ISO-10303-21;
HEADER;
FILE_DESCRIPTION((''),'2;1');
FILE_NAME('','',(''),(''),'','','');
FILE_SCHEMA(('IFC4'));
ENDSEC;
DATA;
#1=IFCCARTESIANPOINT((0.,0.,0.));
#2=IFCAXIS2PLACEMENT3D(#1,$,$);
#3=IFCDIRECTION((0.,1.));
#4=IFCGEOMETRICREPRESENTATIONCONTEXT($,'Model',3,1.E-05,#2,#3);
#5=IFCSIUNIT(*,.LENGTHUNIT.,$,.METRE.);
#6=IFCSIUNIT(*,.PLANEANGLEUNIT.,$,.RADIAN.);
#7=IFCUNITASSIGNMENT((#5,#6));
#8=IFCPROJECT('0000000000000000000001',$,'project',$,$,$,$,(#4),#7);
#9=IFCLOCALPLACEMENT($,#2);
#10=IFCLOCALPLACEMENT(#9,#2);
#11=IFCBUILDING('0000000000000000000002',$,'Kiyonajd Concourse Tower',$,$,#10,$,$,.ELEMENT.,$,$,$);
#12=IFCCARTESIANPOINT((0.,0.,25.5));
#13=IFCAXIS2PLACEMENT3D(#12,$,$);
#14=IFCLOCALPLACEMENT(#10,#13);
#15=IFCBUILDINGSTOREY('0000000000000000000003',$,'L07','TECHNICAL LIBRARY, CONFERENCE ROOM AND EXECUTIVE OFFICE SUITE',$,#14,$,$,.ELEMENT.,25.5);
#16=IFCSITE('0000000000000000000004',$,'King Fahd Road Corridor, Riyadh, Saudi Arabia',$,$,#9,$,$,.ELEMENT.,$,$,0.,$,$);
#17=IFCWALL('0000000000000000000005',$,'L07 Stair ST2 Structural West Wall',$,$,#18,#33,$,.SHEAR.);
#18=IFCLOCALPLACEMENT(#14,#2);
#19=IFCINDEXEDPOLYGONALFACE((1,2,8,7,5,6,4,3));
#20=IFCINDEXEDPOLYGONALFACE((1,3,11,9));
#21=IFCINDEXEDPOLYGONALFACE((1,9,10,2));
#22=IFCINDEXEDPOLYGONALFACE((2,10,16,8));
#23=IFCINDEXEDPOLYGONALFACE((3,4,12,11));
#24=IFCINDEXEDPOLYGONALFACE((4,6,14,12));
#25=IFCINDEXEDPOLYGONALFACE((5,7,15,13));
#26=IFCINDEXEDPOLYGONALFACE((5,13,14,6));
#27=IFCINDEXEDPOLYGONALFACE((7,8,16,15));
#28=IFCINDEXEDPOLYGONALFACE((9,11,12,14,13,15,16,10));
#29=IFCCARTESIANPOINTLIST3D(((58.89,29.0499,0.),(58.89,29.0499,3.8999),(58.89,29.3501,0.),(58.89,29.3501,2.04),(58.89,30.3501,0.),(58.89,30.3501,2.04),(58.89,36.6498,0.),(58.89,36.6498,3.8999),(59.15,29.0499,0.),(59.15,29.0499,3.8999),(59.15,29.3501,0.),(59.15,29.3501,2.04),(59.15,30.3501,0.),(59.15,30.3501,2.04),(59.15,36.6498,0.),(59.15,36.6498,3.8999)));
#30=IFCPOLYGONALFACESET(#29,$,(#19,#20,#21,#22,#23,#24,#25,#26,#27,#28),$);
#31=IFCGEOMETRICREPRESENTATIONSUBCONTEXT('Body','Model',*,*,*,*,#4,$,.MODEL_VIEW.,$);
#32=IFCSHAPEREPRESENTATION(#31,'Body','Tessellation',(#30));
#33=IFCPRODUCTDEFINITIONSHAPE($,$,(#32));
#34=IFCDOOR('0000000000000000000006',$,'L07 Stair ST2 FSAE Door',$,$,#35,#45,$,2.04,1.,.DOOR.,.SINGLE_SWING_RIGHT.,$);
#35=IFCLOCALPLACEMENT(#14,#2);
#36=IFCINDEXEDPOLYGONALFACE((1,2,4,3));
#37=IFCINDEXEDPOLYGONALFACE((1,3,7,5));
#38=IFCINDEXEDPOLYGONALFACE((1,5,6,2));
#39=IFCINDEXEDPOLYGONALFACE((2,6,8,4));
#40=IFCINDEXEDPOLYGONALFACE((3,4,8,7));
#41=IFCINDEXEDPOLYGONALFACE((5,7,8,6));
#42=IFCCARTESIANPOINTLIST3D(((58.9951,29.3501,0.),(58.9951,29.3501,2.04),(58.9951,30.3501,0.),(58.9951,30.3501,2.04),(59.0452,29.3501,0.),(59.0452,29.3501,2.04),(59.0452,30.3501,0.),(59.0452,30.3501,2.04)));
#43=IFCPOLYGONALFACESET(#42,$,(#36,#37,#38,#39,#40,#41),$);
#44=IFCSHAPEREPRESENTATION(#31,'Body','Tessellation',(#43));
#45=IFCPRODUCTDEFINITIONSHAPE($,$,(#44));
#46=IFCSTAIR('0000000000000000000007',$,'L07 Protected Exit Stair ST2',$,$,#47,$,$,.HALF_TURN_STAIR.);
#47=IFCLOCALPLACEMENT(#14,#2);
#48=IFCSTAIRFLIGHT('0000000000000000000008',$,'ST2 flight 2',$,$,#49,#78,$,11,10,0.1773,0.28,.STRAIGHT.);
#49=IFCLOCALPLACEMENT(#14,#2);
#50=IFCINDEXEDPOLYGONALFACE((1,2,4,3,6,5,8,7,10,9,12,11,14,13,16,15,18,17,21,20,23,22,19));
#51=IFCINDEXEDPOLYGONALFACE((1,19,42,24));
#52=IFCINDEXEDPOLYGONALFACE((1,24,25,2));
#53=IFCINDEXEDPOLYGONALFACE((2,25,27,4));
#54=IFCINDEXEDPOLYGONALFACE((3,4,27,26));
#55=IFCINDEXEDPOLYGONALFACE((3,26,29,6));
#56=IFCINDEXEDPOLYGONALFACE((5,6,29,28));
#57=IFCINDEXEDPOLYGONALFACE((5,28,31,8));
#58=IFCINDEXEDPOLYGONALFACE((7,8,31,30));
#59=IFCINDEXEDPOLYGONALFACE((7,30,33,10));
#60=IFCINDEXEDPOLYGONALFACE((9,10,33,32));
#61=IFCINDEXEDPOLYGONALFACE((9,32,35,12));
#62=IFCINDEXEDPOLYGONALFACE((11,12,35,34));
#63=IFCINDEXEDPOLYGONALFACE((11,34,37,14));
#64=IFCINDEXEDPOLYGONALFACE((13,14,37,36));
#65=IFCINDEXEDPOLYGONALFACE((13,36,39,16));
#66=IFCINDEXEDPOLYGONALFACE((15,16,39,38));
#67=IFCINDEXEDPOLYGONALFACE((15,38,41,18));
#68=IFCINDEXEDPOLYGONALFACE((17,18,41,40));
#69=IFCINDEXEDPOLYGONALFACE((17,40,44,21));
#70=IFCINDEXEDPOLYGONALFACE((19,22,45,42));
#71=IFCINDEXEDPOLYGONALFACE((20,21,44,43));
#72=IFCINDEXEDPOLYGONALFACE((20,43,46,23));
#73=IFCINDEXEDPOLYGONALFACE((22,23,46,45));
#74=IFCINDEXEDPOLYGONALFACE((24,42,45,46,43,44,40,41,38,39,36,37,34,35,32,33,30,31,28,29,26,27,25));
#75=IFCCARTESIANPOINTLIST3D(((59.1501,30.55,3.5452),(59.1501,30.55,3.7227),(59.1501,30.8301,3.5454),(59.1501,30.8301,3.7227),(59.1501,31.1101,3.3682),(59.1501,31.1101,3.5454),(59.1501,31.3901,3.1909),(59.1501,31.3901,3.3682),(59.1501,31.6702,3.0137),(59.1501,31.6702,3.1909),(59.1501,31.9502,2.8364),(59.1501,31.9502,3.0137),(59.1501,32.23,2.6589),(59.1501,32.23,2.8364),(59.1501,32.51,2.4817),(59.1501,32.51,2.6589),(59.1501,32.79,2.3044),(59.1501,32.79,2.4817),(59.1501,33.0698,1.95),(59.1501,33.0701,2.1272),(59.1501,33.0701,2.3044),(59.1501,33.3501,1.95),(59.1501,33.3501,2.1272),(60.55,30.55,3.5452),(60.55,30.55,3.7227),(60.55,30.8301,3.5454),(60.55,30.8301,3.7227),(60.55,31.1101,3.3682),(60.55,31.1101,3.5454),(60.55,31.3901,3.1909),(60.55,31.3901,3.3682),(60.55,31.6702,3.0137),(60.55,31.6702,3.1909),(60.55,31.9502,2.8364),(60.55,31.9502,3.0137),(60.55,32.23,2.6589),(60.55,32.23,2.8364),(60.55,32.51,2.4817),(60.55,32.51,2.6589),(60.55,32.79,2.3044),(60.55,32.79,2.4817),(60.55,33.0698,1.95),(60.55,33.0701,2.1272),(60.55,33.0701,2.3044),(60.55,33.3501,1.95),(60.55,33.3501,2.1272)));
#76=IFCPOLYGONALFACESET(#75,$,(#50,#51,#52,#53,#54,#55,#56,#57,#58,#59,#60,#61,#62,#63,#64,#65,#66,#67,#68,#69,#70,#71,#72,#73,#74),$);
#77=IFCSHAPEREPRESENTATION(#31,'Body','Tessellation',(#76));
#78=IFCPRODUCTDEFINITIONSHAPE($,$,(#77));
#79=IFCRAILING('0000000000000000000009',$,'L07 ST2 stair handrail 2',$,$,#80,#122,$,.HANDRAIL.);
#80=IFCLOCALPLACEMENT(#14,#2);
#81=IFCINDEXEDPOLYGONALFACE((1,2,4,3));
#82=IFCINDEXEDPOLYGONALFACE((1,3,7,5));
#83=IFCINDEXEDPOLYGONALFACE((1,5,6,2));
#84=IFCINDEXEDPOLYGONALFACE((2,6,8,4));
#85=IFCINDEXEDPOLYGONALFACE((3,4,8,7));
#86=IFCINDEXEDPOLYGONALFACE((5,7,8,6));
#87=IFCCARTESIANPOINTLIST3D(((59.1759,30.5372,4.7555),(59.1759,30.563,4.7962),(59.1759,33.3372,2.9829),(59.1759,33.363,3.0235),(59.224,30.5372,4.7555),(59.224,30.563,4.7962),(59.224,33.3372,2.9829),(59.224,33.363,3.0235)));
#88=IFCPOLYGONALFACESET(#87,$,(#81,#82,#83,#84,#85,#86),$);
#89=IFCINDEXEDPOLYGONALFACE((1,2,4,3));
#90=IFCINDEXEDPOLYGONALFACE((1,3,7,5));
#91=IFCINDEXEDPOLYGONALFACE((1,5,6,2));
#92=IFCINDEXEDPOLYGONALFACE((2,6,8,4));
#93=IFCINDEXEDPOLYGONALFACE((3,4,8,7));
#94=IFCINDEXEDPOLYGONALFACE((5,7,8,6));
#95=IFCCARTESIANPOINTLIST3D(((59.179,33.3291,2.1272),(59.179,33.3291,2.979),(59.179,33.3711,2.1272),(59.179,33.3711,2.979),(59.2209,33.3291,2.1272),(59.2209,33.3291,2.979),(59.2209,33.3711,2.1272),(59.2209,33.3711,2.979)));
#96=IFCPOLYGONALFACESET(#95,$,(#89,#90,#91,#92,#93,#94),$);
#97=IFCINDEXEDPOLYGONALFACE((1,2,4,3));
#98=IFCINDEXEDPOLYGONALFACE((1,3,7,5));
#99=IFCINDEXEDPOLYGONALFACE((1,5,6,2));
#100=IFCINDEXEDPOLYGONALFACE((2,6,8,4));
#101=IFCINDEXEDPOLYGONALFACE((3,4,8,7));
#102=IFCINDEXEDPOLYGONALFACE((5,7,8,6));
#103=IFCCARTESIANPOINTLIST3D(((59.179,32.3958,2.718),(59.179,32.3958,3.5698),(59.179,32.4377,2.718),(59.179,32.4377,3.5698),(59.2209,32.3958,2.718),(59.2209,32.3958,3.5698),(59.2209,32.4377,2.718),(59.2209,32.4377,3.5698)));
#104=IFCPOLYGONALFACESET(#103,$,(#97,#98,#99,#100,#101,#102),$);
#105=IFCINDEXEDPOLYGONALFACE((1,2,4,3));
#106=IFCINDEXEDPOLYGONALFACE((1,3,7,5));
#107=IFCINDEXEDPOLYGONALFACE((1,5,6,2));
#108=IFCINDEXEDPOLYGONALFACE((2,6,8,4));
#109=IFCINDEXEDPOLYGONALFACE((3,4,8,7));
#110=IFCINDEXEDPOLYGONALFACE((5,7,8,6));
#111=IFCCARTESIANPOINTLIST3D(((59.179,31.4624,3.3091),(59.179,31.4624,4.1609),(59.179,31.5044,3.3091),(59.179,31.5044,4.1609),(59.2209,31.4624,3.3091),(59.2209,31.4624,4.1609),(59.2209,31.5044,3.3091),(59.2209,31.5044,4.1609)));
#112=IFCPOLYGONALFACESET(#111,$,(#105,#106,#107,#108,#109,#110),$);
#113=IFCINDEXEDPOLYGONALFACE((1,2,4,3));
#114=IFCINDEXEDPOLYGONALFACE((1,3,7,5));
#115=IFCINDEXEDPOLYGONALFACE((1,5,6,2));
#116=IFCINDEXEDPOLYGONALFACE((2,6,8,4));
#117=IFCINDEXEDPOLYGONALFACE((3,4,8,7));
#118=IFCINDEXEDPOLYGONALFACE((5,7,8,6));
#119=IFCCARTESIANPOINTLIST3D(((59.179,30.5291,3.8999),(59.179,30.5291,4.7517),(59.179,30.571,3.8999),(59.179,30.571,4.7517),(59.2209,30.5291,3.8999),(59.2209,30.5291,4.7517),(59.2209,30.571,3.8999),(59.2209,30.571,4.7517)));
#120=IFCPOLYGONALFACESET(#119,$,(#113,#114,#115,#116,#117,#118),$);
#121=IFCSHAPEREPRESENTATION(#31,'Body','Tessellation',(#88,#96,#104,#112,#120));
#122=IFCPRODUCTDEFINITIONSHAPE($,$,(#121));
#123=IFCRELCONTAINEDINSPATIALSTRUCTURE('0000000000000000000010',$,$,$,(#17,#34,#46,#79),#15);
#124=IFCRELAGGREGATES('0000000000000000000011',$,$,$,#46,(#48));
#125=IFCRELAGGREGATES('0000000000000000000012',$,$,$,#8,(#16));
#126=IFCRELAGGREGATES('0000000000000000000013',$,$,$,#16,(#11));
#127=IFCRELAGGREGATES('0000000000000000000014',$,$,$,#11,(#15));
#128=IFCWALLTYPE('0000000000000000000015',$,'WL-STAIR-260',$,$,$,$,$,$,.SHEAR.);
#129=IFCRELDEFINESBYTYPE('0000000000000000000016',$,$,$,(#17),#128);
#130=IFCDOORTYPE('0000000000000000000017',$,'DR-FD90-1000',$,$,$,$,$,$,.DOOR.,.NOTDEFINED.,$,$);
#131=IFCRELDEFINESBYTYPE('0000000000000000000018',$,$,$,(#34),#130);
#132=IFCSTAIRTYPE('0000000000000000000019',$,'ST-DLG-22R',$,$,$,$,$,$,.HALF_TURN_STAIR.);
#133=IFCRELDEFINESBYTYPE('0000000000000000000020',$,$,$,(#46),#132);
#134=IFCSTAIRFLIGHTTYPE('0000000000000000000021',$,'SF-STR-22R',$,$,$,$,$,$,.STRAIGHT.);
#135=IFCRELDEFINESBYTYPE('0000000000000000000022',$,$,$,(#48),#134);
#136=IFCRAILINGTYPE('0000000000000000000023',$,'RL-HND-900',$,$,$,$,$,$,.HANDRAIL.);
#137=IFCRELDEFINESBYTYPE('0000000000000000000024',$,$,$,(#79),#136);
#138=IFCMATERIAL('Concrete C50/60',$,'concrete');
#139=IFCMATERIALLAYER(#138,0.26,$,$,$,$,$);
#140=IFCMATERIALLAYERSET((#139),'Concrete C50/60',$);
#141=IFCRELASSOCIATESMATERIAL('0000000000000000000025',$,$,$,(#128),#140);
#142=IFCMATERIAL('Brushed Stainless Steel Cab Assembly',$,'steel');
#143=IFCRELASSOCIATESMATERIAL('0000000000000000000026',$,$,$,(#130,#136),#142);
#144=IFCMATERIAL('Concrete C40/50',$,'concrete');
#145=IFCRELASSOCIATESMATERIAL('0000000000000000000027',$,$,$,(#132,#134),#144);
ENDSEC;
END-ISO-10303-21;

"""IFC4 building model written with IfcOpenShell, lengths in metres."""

from ifc_helpers import new_model, si_unit, direction, frame, frame_2d, origin, origin_2d, place, context, subcontext, project, spatial, polyline, rectangle, outline, extrude, material, layer, layer_set, type_object, element, fill, aggregate, save


model = new_model("IFC4")

# Units and contexts
model_context = context("Model", 3, precision=1e-05, world=origin(), true_north=direction((0.0, 1.0)))
body_context = subcontext(model_context, "Body", "Model", "MODEL_VIEW")
ifc_project = project(units=[si_unit("LENGTHUNIT", "METRE"), si_unit("PLANEANGLEUNIT", "RADIAN")], contexts=[model_context])

# Site, building, storey
site_placement = place(None, origin())
site = spatial("IfcSite", under=ifc_project, at=site_placement, Name="King Fahd Road Corridor, Riyadh, Saudi Arabia", CompositionType="ELEMENT", RefElevation=0.0)
building_placement = place(site_placement, origin())
building = spatial("IfcBuilding", under=site, at=building_placement, Name="Kiyonajd Concourse Tower", CompositionType="ELEMENT")
storey_placement = place(building_placement, frame((0.0, 0.0, 25.5)))
storey = spatial("IfcBuildingStorey", under=building, at=storey_placement, Name="L07", Description="TECHNICAL LIBRARY, CONFERENCE ROOM AND EXECUTIVE OFFICE SUITE", CompositionType="ELEMENT", Elevation=25.5)

# Shared definitions
ifc_material_1 = material(Name="Concrete C50/60", Category="concrete")

# Shared definitions
ifc_material_2 = material(Name="Brushed Stainless Steel Cab Assembly", Category="steel")

# Shared definitions
ifc_layer_1 = layer(ifc_material_1, 0.26)
ifc_layer_set_1 = layer_set([ifc_layer_1], Name="Concrete C50/60")
wall_type_1 = type_object("IfcWallType", Name="WL-STAIR-260", PredefinedType="SHEAR", material=ifc_layer_set_1)

# Wall, opening, door
wall_1_placement = place(storey_placement, frame((59.02, 29.05, 0.0), z_axis=(0.0, 0.0, 1.0), x_axis=(0.0, 1.0, 0.0)))
wall_1 = element("IfcWall", 1, at=wall_1_placement, inside=storey, type_object=wall_type_1, Name="L07 Stair ST2 Structural West Wall", PredefinedType="SHEAR", context=body_context, shape_type="SweptSolid", body=[
    extrude(rectangle(XDim=7.5999, YDim=0.26, at=frame_2d((3.7998, 0.0))), origin(), (0.0, 0.0, 1.0), 3.8999),
])
opening_1_placement = place(wall_1_placement, frame((0.3, 0.0, 0.0)))
opening_1 = element("IfcOpeningElement", 2, at=opening_1_placement, cuts=wall_1, PredefinedType="OPENING", context=body_context, shape_type="SweptSolid", body=[
    extrude(rectangle(XDim=1.0, YDim=2.04, at=frame_2d((0.5, 1.02))), frame((0.0, 0.1399, 0.0), z_axis=(0.0, -1.0, 0.0), x_axis=(1.0, 0.0, 0.0)), (0.0, 0.0, 1.0), 0.28),
])
door_type_1 = type_object("IfcDoorType", Name="DR-FD90-1000", OperationType="NOTDEFINED", PredefinedType="DOOR", material=ifc_material_2)
door_1_placement = place(opening_1_placement, origin())
door_1 = element("IfcDoor", 3, at=door_1_placement, inside=storey, type_object=door_type_1, Name="L07 Stair ST2 FSAE Door", OperationType="SINGLE_SWING_RIGHT", OverallHeight=2.04, OverallWidth=1.0, PredefinedType="DOOR", context=body_context, shape_type="SweptSolid", body=[
    extrude(rectangle(XDim=1.0, YDim=2.04, at=frame_2d((0.5, 1.02))), frame((0.0, 0.0249, 0.0), z_axis=(0.0, -1.0, 0.0), x_axis=(1.0, 0.0, 0.0)), (0.0, 0.0, 1.0), 0.05),
])
fill(opening_1, door_1)

# Stair, stair flight
ifc_material_3 = material(Name="Concrete C40/50", Category="concrete")
stair_type = type_object("IfcStairType", Name="ST-DLG-22R", PredefinedType="HALF_TURN_STAIR", material=ifc_material_3)
stair_placement = place(storey_placement, origin())
stair = element("IfcStair", 4, at=stair_placement, inside=storey, type_object=stair_type, Name="L07 Protected Exit Stair ST2", PredefinedType="HALF_TURN_STAIR")
stair_flight_type = type_object("IfcStairFlightType", Name="SF-STR-22R", PredefinedType="STRAIGHT", material=ifc_material_3)
stair_flight_placement = place(storey_placement, frame((59.8501, 33.3501, 1.95), z_axis=(0.0, 0.0, 1.0), x_axis=(0.0, -1.0, 0.0)))
stair_flight = element("IfcStairFlight", 5, at=stair_flight_placement, type_object=stair_flight_type, Name="ST2 flight 2", NumberOfRisers=11, NumberOfTreads=10, PredefinedType="STRAIGHT", RiserHeight=0.1773, TreadLength=0.28, context=body_context, shape_type="SweptSolid", body=[
    extrude(outline(polyline([(0.0, 0.0), (0.0, 0.1772), (0.28, 0.1772), (0.28, 0.3545), (0.5601, 0.3545), (0.5601, 0.5317), (0.8401, 0.5317), (0.8401, 0.709), (1.1201, 0.709), (1.1201, 0.8865), (1.3999, 0.8865), (1.3999, 1.0637), (1.6799, 1.0637), (1.6799, 1.241), (1.96, 1.241), (1.96, 1.4182), (2.24, 1.4182), (2.24, 1.5955), (2.52, 1.5955), (2.52, 1.7727), (2.8, 1.7727), (2.8, 1.95), (2.8, 1.5952), (0.2803, 0.0), (0.0, 0.0)])), frame((0.0, 0.7, 0.0), z_axis=(0.0, -1.0, 0.0), x_axis=(1.0, 0.0, 0.0)), (0.0, 0.0, 1.0), 1.3999),
])
aggregate(stair, [stair_flight])

# Railing
railing_type = type_object("IfcRailingType", Name="RL-HND-900", PredefinedType="HANDRAIL", material=ifc_material_2)
railing_placement = place(storey_placement, frame((59.2, 33.3501, 2.1272)))
element("IfcRailing", 6, at=railing_placement, inside=storey, type_object=railing_type, Name="L07 ST2 stair handrail 2", PredefinedType="HANDRAIL", context=body_context, shape_type="SweptSolid", body=[
    extrude(rectangle(XDim=0.0481, YDim=0.0481, at=origin_2d()), frame((0.0, 0.0, 0.876), z_axis=(0.0, -0.844909, 0.53491), x_axis=(1.0, 0.0, 0.0)), (0.0, 0.0, 1.0), 3.314),
    extrude(rectangle(XDim=0.042, YDim=0.042, at=origin_2d()), origin(), (0.0, 0.0, 1.0), 0.8518),
    extrude(rectangle(XDim=0.042, YDim=0.042, at=origin_2d()), frame((0.0, -0.9333, 0.5908)), (0.0, 0.0, 1.0), 0.8518),
    extrude(rectangle(XDim=0.042, YDim=0.042, at=origin_2d()), frame((0.0, -1.8667, 1.1819)), (0.0, 0.0, 1.0), 0.8518),
    extrude(rectangle(XDim=0.042, YDim=0.042, at=origin_2d()), frame((0.0, -2.8, 1.7727)), (0.0, 0.0, 1.0), 0.8518),
])

save(model, "model.ifc")
